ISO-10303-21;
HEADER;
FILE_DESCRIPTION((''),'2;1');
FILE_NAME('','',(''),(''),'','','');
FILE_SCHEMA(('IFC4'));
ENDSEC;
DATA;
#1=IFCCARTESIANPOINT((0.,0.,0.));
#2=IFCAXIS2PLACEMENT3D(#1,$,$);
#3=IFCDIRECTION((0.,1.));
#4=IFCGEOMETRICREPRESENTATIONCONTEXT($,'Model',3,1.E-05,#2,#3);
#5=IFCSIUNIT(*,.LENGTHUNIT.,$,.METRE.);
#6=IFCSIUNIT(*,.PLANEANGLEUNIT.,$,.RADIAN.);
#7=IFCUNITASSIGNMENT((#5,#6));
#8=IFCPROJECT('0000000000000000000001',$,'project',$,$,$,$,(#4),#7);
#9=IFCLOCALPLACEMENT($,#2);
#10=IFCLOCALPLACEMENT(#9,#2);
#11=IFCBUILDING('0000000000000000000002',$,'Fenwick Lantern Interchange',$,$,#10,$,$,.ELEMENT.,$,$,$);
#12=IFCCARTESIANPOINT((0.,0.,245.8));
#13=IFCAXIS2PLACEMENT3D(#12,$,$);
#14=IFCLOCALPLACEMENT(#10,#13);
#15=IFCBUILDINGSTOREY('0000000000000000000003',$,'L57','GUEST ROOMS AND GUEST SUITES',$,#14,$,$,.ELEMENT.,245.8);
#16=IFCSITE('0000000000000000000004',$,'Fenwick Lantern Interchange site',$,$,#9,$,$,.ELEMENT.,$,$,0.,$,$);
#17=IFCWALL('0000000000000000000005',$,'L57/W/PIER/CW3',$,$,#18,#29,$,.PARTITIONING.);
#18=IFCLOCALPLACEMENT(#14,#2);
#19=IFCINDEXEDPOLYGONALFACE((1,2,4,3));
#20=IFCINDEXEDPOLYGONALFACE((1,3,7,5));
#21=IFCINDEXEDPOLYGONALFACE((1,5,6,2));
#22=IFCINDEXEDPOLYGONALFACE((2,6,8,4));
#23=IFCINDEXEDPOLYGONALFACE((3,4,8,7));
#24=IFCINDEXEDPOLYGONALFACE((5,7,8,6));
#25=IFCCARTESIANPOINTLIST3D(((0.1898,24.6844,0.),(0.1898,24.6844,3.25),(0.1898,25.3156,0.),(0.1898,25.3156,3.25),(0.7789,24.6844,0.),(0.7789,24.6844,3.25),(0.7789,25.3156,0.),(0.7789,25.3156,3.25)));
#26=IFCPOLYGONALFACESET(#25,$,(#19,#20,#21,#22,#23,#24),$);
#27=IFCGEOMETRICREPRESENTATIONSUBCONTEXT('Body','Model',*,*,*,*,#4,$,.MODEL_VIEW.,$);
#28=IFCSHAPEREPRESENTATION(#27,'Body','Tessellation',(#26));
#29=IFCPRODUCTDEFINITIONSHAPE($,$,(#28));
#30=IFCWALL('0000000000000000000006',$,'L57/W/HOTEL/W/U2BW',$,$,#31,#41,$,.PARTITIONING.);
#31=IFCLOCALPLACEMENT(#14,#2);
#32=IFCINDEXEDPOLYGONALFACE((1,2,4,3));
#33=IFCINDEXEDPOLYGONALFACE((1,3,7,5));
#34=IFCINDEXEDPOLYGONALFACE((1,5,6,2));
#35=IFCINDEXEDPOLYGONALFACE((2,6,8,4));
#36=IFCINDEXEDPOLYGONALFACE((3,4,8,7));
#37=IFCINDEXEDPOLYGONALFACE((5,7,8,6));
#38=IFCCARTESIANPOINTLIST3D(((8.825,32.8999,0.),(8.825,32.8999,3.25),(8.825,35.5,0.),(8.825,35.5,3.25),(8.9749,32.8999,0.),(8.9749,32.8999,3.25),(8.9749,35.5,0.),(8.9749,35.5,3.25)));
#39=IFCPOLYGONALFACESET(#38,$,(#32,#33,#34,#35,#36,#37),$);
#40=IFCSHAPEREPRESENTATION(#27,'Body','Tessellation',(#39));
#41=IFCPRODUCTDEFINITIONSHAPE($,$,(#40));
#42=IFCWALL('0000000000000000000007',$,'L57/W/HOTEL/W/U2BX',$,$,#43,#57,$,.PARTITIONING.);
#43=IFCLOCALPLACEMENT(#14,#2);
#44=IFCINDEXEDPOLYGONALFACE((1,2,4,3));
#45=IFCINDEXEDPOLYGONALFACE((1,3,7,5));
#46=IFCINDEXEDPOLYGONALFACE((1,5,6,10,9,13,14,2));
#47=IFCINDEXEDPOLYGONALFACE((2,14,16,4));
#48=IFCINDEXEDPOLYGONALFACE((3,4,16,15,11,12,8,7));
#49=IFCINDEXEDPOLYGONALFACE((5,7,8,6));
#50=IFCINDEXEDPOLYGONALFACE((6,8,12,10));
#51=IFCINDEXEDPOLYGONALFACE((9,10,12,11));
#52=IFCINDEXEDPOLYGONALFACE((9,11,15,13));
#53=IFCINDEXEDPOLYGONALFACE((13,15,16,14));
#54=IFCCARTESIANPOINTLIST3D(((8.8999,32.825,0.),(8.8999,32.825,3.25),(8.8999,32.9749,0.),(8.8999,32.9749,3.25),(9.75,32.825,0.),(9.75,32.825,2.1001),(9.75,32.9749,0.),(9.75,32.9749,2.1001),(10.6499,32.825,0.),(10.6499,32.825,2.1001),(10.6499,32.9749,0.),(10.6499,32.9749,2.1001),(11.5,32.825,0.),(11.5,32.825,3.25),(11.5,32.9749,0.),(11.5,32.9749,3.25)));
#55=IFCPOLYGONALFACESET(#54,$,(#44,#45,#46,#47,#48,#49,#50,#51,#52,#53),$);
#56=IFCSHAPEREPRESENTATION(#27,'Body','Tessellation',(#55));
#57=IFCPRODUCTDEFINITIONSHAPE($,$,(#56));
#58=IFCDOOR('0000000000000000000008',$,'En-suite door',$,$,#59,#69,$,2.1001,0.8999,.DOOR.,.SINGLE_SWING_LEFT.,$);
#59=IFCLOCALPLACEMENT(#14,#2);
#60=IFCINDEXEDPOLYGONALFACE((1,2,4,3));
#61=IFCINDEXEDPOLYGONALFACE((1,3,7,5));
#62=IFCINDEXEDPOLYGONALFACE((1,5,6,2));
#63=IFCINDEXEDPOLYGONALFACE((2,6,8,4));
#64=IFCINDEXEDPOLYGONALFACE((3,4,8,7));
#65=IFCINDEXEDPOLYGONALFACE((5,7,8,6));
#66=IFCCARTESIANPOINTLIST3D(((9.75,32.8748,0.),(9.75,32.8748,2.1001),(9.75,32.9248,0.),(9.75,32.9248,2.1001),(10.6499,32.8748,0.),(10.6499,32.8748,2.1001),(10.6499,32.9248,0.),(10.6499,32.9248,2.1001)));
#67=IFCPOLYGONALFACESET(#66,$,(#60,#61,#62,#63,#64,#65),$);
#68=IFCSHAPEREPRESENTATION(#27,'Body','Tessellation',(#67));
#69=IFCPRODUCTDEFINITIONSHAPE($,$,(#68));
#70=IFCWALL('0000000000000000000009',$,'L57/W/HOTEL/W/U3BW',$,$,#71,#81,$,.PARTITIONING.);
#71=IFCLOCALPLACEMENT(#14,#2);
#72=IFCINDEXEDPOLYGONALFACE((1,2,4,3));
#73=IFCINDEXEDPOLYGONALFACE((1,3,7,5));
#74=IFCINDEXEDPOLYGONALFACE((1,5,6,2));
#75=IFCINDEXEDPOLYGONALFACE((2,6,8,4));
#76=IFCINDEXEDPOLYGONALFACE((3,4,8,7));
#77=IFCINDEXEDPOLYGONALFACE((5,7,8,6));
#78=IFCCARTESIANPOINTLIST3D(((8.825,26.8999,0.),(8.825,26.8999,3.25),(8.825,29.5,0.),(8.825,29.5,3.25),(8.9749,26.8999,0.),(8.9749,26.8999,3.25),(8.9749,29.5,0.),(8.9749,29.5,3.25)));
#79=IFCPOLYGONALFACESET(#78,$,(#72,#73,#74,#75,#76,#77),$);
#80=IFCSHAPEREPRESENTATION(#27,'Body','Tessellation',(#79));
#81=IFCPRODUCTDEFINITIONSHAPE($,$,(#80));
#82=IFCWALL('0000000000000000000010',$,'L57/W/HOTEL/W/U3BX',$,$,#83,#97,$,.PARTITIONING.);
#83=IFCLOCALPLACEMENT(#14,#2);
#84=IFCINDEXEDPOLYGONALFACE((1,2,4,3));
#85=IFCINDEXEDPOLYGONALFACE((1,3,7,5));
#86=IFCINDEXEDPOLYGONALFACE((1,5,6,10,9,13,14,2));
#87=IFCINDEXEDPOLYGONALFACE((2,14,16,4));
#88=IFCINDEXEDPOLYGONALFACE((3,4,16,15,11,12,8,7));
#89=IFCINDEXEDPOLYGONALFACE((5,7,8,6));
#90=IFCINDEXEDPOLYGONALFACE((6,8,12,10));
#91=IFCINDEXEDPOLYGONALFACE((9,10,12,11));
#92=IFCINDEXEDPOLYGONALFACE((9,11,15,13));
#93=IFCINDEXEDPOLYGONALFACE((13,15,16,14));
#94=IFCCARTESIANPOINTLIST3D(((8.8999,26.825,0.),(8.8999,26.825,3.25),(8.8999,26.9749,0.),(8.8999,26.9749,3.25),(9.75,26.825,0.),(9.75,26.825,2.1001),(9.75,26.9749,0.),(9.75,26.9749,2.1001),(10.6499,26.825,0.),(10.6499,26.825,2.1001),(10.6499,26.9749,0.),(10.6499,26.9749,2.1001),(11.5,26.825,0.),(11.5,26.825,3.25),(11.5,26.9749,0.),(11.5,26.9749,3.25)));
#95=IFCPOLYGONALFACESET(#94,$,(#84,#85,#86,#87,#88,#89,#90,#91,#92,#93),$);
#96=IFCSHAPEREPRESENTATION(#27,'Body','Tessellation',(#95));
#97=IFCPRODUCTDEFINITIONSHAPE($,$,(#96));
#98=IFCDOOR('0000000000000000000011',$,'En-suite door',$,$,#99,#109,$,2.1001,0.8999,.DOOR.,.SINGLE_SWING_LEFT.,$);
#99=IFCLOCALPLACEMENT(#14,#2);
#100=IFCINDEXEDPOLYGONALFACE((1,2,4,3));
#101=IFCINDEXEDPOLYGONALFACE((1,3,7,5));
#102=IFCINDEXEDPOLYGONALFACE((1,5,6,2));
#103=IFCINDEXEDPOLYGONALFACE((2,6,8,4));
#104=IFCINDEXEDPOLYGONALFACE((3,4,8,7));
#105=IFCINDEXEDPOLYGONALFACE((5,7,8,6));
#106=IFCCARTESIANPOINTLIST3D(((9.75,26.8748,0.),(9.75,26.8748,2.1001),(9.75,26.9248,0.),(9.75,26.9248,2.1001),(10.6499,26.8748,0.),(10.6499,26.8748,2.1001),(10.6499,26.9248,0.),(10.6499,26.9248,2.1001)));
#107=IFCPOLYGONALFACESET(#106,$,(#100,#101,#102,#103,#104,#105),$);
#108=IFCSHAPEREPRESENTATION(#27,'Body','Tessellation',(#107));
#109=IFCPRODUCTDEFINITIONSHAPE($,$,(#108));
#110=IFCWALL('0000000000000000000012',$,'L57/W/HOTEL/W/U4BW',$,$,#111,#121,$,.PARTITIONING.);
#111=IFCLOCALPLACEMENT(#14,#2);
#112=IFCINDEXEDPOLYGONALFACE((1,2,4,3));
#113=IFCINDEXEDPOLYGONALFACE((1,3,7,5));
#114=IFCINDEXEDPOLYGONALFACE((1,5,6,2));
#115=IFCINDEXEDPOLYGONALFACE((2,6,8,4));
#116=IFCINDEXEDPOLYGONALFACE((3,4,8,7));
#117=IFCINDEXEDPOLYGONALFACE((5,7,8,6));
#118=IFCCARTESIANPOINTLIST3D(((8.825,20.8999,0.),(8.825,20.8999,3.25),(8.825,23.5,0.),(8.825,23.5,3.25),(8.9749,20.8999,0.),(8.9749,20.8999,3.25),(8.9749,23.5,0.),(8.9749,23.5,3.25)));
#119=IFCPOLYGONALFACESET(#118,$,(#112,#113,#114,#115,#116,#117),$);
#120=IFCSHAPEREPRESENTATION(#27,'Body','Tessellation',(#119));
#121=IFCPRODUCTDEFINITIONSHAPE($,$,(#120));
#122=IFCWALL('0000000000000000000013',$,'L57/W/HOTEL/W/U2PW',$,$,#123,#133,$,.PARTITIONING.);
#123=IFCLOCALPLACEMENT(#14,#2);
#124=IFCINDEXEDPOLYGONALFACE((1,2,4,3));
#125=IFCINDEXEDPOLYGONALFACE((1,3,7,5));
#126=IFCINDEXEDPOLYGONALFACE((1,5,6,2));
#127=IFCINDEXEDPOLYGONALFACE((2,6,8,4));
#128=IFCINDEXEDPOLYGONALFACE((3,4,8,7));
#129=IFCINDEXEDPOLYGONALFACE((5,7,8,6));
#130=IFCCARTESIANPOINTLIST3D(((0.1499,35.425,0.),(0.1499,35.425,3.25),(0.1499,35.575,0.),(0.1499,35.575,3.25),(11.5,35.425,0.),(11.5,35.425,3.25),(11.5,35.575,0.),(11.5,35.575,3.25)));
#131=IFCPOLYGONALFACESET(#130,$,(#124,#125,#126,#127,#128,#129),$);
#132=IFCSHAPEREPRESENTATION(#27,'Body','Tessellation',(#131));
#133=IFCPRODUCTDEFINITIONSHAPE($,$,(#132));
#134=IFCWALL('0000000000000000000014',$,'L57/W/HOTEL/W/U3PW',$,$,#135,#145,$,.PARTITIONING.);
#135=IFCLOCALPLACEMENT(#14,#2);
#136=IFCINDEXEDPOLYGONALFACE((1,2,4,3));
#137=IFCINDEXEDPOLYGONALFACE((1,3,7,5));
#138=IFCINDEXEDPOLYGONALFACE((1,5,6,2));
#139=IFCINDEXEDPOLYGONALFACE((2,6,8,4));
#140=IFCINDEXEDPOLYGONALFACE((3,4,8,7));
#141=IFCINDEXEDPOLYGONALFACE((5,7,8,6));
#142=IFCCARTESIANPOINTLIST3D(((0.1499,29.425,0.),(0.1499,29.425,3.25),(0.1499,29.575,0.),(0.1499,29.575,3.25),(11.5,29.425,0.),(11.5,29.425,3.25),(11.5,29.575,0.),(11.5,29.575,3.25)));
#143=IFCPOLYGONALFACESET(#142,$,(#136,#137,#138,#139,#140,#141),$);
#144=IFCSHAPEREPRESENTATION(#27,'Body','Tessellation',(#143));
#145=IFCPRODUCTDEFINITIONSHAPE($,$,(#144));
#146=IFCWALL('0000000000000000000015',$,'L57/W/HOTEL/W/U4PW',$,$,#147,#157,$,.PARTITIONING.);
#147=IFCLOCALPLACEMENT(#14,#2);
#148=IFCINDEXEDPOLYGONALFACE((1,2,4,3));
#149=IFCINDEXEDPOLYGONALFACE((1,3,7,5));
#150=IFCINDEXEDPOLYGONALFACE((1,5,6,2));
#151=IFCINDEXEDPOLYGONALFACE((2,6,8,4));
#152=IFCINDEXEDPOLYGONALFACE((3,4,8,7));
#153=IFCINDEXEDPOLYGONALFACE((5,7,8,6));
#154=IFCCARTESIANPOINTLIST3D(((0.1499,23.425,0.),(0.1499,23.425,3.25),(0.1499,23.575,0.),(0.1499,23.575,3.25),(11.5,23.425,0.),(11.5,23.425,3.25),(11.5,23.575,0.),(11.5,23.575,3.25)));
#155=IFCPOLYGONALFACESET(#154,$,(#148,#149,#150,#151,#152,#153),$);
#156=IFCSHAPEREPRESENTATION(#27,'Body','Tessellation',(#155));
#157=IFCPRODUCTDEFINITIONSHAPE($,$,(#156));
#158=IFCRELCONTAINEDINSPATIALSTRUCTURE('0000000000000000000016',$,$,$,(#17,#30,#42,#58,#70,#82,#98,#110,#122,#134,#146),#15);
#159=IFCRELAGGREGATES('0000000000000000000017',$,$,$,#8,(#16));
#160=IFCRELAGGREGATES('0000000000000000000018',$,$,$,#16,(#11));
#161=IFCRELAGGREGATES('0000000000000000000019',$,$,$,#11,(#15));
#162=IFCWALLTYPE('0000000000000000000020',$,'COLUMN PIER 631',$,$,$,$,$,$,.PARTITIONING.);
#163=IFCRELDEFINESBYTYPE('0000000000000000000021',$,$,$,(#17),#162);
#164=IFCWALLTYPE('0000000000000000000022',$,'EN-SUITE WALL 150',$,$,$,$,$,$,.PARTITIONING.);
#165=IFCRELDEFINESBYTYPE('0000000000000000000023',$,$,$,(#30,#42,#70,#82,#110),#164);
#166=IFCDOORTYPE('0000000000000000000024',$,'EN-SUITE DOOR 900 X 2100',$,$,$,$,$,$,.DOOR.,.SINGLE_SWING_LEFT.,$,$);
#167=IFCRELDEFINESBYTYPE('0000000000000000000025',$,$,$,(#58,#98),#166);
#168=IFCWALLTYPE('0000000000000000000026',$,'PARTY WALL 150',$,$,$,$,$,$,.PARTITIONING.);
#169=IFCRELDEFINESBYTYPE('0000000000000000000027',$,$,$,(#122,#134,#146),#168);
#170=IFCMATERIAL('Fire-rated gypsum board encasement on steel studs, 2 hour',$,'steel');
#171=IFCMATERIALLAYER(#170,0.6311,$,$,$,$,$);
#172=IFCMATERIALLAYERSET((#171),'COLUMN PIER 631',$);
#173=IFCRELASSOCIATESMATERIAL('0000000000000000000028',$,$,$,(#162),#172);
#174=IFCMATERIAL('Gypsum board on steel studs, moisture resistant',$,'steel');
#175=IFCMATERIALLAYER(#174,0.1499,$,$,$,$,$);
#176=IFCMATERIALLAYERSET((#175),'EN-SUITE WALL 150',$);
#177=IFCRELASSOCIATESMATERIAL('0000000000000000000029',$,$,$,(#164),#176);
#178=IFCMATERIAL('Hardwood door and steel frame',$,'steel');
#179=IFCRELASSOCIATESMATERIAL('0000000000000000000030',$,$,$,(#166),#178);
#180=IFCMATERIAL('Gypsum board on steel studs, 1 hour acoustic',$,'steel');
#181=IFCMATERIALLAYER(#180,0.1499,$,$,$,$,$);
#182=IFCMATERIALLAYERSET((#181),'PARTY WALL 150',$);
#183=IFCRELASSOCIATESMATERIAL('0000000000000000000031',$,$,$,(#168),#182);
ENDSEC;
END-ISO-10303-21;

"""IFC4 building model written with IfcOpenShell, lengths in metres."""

from ifc_helpers import new_model, si_unit, direction, frame, frame_2d, origin, place, context, subcontext, project, spatial, rectangle, extrude, material, layer, layer_set, type_object, element, fill, save


model = new_model("IFC4")

# Units and contexts
model_context = context("Model", 3, precision=1e-05, world=origin(), true_north=direction((0.0, 1.0)))
body_context = subcontext(model_context, "Body", "Model", "MODEL_VIEW")
ifc_project = project(units=[si_unit("LENGTHUNIT", "METRE"), si_unit("PLANEANGLEUNIT", "RADIAN")], contexts=[model_context])

# Site, building, storey
site_placement = place(None, origin())
site = spatial("IfcSite", under=ifc_project, at=site_placement, Name="Fenwick Lantern Interchange site", CompositionType="ELEMENT", RefElevation=0.0)
building_placement = place(site_placement, origin())
building = spatial("IfcBuilding", under=site, at=building_placement, Name="Fenwick Lantern Interchange", CompositionType="ELEMENT")
storey_placement = place(building_placement, frame((0.0, 0.0, 245.8)))
storey = spatial("IfcBuildingStorey", under=building, at=storey_placement, Name="L57", Description="GUEST ROOMS AND GUEST SUITES", CompositionType="ELEMENT", Elevation=245.8)

# Walls
ifc_material_1 = material(Name="Fire-rated gypsum board encasement on steel studs, 2 hour", Category="steel")
ifc_layer_1 = layer(ifc_material_1, 0.6311)
ifc_layer_set_1 = layer_set([ifc_layer_1], Name="COLUMN PIER 631")
wall_type_1 = type_object("IfcWallType", Name="COLUMN PIER 631", PredefinedType="PARTITIONING", material=ifc_layer_set_1)
wall_1_placement = place(storey_placement, frame((0.1899, 25.0, 0.0), z_axis=(0.0, 0.0, 1.0), x_axis=(1.0, 0.0, 0.0)))
element("IfcWall", 1, at=wall_1_placement, inside=storey, type_object=wall_type_1, Name="L57/W/PIER/CW3", PredefinedType="PARTITIONING", context=body_context, shape_type="SweptSolid", body=[
    extrude(rectangle(XDim=0.5891, YDim=0.6311, at=frame_2d((0.2944, 0.0))), origin(), (0.0, 0.0, 1.0), 3.25),
])
ifc_material_2 = material(Name="Gypsum board on steel studs, moisture resistant", Category="steel")
ifc_layer_2 = layer(ifc_material_2, 0.1499)
ifc_layer_set_2 = layer_set([ifc_layer_2], Name="EN-SUITE WALL 150")
wall_type_2 = type_object("IfcWallType", Name="EN-SUITE WALL 150", PredefinedType="PARTITIONING", material=ifc_layer_set_2)
wall_2_placement = place(storey_placement, frame((8.8999, 35.5, 0.0), z_axis=(0.0, 0.0, 1.0), x_axis=(0.0, -1.0, 0.0)))
element("IfcWall", 2, at=wall_2_placement, inside=storey, type_object=wall_type_2, Name="L57/W/HOTEL/W/U2BW", PredefinedType="PARTITIONING", context=body_context, shape_type="SweptSolid", body=[
    extrude(rectangle(XDim=2.6001, YDim=0.1499, at=frame_2d((1.3, 0.0))), origin(), (0.0, 0.0, 1.0), 3.25),
])

# Wall, opening, door
wall_3_placement = place(storey_placement, frame((8.8999, 32.8999, 0.0), z_axis=(0.0, 0.0, 1.0), x_axis=(1.0, 0.0, 0.0)))
wall_3 = element("IfcWall", 3, at=wall_3_placement, inside=storey, type_object=wall_type_2, Name="L57/W/HOTEL/W/U2BX", PredefinedType="PARTITIONING", context=body_context, shape_type="SweptSolid", body=[
    extrude(rectangle(XDim=2.6001, YDim=0.1499, at=frame_2d((1.3, 0.0))), origin(), (0.0, 0.0, 1.0), 3.25),
])
opening_1_placement = place(wall_3_placement, frame((0.8501, 0.0, 0.0)))
opening_1 = element("IfcOpeningElement", 4, at=opening_1_placement, cuts=wall_3, PredefinedType="OPENING", context=body_context, shape_type="SweptSolid", body=[
    extrude(rectangle(XDim=0.8999, YDim=2.1001, at=frame_2d((0.45, 1.05))), frame((0.0, 0.085, 0.0), z_axis=(0.0, -1.0, 0.0), x_axis=(1.0, 0.0, 0.0)), (0.0, 0.0, 1.0), 0.1699),
])
ifc_material_3 = material(Name="Hardwood door and steel frame", Category="steel")
door_type = type_object("IfcDoorType", Name="EN-SUITE DOOR 900 X 2100", OperationType="SINGLE_SWING_LEFT", PredefinedType="DOOR", material=ifc_material_3)
door_1_placement = place(opening_1_placement, origin())
door_1 = element("IfcDoor", 5, at=door_1_placement, inside=storey, type_object=door_type, Name="En-suite door", OperationType="SINGLE_SWING_LEFT", OverallHeight=2.1001, OverallWidth=0.8999, PredefinedType="DOOR", context=body_context, shape_type="SweptSolid", body=[
    extrude(rectangle(XDim=0.8999, YDim=2.1001, at=frame_2d((0.45, 1.05))), frame((0.0, 0.0249, 0.0), z_axis=(0.0, -1.0, 0.0), x_axis=(1.0, 0.0, 0.0)), (0.0, 0.0, 1.0), 0.05),
])
fill(opening_1, door_1)

# Wall
wall_4_placement = place(storey_placement, frame((8.8999, 29.5, 0.0), z_axis=(0.0, 0.0, 1.0), x_axis=(0.0, -1.0, 0.0)))
element("IfcWall", 6, at=wall_4_placement, inside=storey, type_object=wall_type_2, Name="L57/W/HOTEL/W/U3BW", PredefinedType="PARTITIONING", context=body_context, shape_type="SweptSolid", body=[
    extrude(rectangle(XDim=2.6001, YDim=0.1499, at=frame_2d((1.3, 0.0))), origin(), (0.0, 0.0, 1.0), 3.25),
])

# Wall, opening, door
wall_5_placement = place(storey_placement, frame((8.8999, 26.8999, 0.0), z_axis=(0.0, 0.0, 1.0), x_axis=(1.0, 0.0, 0.0)))
wall_5 = element("IfcWall", 7, at=wall_5_placement, inside=storey, type_object=wall_type_2, Name="L57/W/HOTEL/W/U3BX", PredefinedType="PARTITIONING", context=body_context, shape_type="SweptSolid", body=[
    extrude(rectangle(XDim=2.6001, YDim=0.1499, at=frame_2d((1.3, 0.0))), origin(), (0.0, 0.0, 1.0), 3.25),
])
opening_2_placement = place(wall_5_placement, frame((0.8501, 0.0, 0.0)))
opening_2 = element("IfcOpeningElement", 8, at=opening_2_placement, cuts=wall_5, PredefinedType="OPENING", context=body_context, shape_type="SweptSolid", body=[
    extrude(rectangle(XDim=0.8999, YDim=2.1001, at=frame_2d((0.45, 1.05))), frame((0.0, 0.085, 0.0), z_axis=(0.0, -1.0, 0.0), x_axis=(1.0, 0.0, 0.0)), (0.0, 0.0, 1.0), 0.1699),
])
door_2_placement = place(opening_2_placement, origin())
door_2 = element("IfcDoor", 9, at=door_2_placement, inside=storey, type_object=door_type, Name="En-suite door", OperationType="SINGLE_SWING_LEFT", OverallHeight=2.1001, OverallWidth=0.8999, PredefinedType="DOOR", context=body_context, shape_type="SweptSolid", body=[
    extrude(rectangle(XDim=0.8999, YDim=2.1001, at=frame_2d((0.45, 1.05))), frame((0.0, 0.0249, 0.0), z_axis=(0.0, -1.0, 0.0), x_axis=(1.0, 0.0, 0.0)), (0.0, 0.0, 1.0), 0.05),
])
fill(opening_2, door_2)

# Walls
wall_6_placement = place(storey_placement, frame((8.8999, 23.5, 0.0), z_axis=(0.0, 0.0, 1.0), x_axis=(0.0, -1.0, 0.0)))
element("IfcWall", 10, at=wall_6_placement, inside=storey, type_object=wall_type_2, Name="L57/W/HOTEL/W/U4BW", PredefinedType="PARTITIONING", context=body_context, shape_type="SweptSolid", body=[
    extrude(rectangle(XDim=2.6001, YDim=0.1499, at=frame_2d((1.3, 0.0))), origin(), (0.0, 0.0, 1.0), 3.25),
])
ifc_material_4 = material(Name="Gypsum board on steel studs, 1 hour acoustic", Category="steel")
ifc_layer_3 = layer(ifc_material_4, 0.1499)
ifc_layer_set_3 = layer_set([ifc_layer_3], Name="PARTY WALL 150")
wall_type_3 = type_object("IfcWallType", Name="PARTY WALL 150", PredefinedType="PARTITIONING", material=ifc_layer_set_3)
for number, where, z_axis, x_axis, name in (
    (11, (0.1499, 35.5, 0.0), (0.0, 0.0, 1.0), (1.0, 0.0, 0.0), "L57/W/HOTEL/W/U2PW"),
    (12, (0.1499, 29.5, 0.0), (0.0, 0.0, 1.0), (1.0, 0.0, 0.0), "L57/W/HOTEL/W/U3PW"),
    (13, (0.1499, 23.5, 0.0), (0.0, 0.0, 1.0), (1.0, 0.0, 0.0), "L57/W/HOTEL/W/U4PW"),
):
    element("IfcWall", number, at=place(storey_placement, frame(where, z_axis=z_axis, x_axis=x_axis)), inside=storey, type_object=wall_type_3, Name=name, PredefinedType="PARTITIONING", context=body_context, shape_type="SweptSolid", body=[
        extrude(rectangle(XDim=11.3501, YDim=0.1499, at=frame_2d((5.675, 0.0))), origin(), (0.0, 0.0, 1.0), 3.25),
    ])

save(model, "model.ifc")
